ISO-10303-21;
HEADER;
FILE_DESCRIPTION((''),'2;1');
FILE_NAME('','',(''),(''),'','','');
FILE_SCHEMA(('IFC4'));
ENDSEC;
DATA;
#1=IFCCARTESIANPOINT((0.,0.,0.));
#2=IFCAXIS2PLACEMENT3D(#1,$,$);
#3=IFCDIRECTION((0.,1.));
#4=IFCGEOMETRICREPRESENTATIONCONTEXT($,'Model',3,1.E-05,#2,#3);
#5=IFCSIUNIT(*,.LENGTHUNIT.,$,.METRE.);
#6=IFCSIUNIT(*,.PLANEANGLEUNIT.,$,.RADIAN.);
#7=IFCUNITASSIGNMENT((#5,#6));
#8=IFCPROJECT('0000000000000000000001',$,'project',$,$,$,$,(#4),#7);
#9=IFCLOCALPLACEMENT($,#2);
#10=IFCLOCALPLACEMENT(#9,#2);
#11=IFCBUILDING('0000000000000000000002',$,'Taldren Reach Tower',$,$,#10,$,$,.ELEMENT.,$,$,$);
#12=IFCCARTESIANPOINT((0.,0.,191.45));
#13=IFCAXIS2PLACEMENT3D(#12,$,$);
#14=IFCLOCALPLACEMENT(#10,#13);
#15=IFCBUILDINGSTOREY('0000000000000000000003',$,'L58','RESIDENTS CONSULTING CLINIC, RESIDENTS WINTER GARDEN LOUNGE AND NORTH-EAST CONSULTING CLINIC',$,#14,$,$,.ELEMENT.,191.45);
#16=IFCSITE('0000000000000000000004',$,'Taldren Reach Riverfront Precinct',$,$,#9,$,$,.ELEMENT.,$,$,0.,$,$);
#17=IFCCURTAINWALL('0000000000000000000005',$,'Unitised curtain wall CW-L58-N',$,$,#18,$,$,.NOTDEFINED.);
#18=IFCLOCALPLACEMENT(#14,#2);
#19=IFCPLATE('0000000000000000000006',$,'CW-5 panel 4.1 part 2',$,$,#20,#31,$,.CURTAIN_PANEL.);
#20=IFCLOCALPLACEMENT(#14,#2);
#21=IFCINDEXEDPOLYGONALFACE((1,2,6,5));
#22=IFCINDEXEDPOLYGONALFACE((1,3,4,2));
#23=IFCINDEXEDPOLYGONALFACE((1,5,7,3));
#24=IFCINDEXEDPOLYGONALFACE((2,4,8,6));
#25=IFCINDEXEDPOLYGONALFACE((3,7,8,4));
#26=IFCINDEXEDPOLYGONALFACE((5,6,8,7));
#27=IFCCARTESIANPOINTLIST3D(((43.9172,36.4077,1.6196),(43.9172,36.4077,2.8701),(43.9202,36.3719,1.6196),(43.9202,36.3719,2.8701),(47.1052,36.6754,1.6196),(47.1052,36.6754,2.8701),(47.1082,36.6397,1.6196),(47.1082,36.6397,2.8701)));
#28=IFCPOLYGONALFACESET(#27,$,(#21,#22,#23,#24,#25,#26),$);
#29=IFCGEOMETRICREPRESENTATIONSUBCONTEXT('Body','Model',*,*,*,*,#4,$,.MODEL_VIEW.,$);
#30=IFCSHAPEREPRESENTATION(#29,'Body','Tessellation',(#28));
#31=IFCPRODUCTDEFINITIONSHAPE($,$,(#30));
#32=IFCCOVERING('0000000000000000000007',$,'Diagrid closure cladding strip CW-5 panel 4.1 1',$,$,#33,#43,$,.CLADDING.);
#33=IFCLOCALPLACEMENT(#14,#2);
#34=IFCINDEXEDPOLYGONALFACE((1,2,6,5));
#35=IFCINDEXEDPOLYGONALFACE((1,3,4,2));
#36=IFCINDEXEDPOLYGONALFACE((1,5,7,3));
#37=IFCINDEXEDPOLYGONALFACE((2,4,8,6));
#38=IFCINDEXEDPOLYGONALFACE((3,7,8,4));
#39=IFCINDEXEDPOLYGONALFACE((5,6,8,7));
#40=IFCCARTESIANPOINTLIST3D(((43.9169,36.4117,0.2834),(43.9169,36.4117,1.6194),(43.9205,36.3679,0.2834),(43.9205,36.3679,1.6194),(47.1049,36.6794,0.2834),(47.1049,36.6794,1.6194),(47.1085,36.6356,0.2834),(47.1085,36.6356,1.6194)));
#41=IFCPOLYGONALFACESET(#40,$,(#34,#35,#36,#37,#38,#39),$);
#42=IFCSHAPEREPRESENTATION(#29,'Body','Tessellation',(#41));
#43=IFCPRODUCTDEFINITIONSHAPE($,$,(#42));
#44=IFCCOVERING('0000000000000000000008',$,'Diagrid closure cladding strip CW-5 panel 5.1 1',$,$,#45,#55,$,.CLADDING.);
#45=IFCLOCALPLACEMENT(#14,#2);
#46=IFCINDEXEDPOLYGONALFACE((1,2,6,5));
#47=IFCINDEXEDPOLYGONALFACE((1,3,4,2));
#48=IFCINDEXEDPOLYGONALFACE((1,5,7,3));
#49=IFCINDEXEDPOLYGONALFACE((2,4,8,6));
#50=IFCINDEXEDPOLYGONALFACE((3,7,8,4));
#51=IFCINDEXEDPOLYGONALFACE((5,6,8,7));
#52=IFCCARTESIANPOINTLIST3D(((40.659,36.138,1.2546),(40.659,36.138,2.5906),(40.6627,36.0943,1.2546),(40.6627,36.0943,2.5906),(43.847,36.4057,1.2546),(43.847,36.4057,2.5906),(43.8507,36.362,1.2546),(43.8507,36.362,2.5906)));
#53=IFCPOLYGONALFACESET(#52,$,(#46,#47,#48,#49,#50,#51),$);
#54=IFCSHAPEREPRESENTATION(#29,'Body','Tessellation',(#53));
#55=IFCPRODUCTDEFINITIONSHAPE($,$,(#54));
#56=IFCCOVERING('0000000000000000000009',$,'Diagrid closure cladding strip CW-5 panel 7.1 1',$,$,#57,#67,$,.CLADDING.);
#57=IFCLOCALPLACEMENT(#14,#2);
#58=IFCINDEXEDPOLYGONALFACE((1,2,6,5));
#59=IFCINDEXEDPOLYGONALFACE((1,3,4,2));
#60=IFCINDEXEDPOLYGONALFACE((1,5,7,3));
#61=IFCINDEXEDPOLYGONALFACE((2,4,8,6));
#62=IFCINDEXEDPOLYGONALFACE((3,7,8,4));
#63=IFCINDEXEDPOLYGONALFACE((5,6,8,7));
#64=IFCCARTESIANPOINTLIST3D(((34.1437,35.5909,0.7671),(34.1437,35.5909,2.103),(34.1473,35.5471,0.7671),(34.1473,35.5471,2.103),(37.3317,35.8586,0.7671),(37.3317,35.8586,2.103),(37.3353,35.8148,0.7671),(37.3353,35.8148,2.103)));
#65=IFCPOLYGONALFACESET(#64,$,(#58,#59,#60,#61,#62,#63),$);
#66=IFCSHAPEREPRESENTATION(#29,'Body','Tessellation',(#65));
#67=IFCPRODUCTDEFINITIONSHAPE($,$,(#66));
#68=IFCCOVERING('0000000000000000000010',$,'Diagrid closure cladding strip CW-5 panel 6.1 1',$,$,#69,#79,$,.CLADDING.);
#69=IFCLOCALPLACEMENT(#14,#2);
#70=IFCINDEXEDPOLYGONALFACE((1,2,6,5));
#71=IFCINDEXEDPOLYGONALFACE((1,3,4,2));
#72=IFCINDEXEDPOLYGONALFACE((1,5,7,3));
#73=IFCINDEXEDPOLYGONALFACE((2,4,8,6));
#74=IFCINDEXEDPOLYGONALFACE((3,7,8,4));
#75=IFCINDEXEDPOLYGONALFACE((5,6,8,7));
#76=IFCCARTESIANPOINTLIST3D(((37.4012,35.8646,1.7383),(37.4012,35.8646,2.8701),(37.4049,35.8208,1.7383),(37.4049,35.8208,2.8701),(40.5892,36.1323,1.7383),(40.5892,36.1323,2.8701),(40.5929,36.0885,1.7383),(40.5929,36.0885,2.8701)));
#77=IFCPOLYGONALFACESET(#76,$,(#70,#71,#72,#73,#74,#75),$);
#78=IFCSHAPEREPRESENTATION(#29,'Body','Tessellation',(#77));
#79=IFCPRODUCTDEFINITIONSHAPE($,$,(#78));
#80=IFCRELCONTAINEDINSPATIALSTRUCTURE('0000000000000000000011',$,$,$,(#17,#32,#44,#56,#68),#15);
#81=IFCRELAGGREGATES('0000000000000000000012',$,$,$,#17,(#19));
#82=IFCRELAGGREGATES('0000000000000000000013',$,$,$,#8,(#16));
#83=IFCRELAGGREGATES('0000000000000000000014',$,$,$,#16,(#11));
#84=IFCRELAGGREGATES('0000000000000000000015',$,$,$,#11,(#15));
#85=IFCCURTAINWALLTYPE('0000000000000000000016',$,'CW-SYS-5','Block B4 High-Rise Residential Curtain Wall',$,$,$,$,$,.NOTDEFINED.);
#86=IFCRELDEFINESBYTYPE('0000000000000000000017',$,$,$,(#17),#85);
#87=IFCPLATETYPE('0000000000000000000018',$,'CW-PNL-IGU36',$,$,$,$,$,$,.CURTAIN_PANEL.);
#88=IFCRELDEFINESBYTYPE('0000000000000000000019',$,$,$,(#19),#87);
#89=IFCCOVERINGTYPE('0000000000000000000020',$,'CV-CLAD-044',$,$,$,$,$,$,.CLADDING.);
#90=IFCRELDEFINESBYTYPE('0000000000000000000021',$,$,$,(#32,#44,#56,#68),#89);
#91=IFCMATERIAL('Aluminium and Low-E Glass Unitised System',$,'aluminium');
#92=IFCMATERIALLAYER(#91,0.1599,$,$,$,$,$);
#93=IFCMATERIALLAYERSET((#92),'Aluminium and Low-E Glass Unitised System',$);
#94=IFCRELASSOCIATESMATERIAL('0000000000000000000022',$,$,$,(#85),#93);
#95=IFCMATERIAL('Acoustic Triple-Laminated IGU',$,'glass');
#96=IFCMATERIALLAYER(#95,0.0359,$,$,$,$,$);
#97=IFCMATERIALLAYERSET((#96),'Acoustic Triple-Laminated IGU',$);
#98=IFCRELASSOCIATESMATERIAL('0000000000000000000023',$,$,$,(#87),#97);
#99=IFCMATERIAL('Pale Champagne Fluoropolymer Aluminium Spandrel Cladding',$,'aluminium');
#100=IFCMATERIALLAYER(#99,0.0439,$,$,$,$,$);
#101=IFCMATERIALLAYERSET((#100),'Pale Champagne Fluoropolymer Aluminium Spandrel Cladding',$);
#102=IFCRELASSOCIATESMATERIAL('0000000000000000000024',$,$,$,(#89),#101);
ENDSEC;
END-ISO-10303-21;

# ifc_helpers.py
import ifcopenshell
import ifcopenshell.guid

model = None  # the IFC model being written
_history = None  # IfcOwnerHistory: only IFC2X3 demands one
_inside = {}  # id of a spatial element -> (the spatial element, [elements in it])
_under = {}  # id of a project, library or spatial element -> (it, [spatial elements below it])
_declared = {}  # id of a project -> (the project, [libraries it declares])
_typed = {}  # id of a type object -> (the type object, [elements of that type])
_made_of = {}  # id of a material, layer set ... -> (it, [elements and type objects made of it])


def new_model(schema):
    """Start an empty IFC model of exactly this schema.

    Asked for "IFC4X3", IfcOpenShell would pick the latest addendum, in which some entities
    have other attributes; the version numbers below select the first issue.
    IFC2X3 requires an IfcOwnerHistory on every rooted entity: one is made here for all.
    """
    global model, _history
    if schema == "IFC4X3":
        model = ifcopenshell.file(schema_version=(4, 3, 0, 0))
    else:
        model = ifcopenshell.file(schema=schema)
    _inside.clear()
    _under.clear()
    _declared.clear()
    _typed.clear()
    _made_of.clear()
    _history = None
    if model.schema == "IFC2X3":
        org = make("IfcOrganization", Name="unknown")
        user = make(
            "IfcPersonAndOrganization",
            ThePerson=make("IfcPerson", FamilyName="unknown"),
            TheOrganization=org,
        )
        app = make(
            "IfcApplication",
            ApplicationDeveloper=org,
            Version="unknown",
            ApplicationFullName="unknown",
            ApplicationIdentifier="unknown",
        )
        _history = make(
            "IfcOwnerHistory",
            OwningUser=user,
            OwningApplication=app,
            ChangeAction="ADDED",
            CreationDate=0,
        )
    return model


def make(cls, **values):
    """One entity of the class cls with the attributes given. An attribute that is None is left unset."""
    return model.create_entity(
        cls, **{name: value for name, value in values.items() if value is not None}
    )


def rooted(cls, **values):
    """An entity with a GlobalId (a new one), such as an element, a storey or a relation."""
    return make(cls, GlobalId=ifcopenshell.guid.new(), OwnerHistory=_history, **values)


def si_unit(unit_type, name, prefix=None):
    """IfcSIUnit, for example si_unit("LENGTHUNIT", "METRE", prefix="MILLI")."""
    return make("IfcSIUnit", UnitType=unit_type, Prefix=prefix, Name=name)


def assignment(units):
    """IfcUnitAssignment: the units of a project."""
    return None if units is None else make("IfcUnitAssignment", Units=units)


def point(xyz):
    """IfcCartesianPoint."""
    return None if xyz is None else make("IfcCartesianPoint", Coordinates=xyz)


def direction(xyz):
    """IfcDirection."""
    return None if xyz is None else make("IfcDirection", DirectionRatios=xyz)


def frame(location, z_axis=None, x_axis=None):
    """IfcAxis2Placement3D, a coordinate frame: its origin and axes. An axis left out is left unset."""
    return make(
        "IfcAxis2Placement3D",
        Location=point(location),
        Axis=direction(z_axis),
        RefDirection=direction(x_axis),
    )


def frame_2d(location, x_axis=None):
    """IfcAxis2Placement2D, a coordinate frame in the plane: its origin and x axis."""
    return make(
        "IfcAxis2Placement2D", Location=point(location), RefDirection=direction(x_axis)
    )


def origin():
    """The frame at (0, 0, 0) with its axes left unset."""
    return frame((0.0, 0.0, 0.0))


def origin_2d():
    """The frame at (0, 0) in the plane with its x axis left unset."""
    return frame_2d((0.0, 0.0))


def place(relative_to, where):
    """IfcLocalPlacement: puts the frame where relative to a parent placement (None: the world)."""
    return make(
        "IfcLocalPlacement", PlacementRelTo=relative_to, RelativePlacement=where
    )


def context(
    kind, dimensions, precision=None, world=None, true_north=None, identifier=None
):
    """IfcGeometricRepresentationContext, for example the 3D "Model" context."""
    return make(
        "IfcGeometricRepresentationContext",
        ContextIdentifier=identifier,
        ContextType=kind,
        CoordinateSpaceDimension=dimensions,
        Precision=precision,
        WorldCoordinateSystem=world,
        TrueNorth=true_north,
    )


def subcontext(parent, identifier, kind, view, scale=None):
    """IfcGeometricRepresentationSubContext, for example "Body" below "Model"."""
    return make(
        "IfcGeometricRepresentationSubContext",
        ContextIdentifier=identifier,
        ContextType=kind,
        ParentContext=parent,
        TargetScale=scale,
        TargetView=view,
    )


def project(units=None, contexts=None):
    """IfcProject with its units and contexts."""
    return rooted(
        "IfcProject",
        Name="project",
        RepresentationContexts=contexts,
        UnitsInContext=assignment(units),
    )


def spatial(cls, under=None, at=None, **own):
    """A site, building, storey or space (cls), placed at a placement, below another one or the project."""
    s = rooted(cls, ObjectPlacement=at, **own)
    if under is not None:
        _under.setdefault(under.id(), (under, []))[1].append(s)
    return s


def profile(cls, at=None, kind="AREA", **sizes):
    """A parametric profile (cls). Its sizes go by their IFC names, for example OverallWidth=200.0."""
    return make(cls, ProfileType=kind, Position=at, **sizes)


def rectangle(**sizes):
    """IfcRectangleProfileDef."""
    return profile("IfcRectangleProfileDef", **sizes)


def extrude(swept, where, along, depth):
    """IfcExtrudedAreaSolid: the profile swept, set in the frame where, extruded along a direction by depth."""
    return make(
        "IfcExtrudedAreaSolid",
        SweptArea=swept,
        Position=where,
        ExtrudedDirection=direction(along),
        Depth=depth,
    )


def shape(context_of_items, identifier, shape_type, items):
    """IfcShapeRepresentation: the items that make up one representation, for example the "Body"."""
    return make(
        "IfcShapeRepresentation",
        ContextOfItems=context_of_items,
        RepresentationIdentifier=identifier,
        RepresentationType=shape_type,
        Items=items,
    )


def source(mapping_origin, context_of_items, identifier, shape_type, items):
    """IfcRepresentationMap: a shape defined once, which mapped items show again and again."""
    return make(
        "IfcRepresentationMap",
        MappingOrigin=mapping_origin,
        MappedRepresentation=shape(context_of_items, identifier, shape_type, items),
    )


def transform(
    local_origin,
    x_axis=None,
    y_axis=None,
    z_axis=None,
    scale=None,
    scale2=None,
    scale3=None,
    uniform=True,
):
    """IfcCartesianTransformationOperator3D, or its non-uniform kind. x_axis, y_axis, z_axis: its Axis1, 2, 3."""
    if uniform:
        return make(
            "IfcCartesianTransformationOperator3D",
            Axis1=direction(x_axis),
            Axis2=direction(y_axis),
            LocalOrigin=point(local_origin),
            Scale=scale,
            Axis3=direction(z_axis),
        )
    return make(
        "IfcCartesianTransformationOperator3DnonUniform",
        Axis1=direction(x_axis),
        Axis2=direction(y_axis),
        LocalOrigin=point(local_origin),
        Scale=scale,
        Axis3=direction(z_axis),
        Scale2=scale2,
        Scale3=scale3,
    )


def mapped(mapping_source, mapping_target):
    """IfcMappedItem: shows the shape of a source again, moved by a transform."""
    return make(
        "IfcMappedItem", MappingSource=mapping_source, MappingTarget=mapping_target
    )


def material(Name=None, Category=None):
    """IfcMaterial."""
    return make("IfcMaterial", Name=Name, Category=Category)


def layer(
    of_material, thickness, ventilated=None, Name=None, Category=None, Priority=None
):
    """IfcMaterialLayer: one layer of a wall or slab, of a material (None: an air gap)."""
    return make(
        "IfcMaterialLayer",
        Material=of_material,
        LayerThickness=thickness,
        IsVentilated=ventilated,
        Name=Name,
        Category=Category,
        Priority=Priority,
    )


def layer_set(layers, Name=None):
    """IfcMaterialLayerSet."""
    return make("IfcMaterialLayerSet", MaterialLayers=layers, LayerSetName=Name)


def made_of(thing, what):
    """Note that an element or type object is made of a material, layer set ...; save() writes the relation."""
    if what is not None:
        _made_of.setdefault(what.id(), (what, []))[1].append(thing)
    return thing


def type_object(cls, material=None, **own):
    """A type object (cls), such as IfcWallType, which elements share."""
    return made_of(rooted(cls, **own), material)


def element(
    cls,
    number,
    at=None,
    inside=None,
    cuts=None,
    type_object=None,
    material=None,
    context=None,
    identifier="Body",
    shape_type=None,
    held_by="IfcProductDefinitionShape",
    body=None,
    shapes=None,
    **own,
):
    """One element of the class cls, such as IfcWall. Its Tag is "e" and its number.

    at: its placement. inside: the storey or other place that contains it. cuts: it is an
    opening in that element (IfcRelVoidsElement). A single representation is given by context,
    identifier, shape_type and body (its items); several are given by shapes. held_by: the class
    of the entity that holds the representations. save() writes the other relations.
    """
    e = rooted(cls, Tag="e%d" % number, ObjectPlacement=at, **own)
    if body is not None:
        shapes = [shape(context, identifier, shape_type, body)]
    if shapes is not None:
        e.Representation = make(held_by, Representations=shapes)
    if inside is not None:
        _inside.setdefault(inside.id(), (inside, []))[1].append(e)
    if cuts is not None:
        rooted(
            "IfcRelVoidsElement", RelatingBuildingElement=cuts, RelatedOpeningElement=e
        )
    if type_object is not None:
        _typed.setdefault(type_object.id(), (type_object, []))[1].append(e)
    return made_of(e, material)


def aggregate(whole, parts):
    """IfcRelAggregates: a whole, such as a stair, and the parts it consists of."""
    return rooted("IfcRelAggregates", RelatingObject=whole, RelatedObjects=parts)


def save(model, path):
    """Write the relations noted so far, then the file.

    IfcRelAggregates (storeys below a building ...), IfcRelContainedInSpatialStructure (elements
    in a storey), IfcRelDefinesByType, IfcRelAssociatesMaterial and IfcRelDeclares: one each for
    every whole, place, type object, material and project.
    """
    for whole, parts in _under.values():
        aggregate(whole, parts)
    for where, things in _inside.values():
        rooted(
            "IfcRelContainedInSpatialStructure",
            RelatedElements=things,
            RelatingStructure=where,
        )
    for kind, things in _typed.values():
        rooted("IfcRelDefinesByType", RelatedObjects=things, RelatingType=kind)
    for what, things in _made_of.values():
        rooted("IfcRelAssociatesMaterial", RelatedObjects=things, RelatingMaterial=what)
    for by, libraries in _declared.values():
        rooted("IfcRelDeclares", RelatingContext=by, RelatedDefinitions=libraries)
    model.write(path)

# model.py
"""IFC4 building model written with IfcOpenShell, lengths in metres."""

from ifc_helpers import new_model, si_unit, direction, frame, origin, origin_2d, place, context, subcontext, project, spatial, rectangle, extrude, source, transform, mapped, material, layer, layer_set, type_object, element, aggregate, save


model = new_model("IFC4")

# Units and contexts
model_context = context("Model", 3, precision=1e-05, world=origin(), true_north=direction((0.0, 1.0)))
body_context = subcontext(model_context, "Body", "Model", "MODEL_VIEW")
ifc_project = project(units=[si_unit("LENGTHUNIT", "METRE"), si_unit("PLANEANGLEUNIT", "RADIAN")], contexts=[model_context])

# Site, building, storey
site_placement = place(None, origin())
site = spatial("IfcSite", under=ifc_project, at=site_placement, Name="Taldren Reach Riverfront Precinct", CompositionType="ELEMENT", RefElevation=0.0)
building_placement = place(site_placement, origin())
building = spatial("IfcBuilding", under=site, at=building_placement, Name="Taldren Reach Tower", CompositionType="ELEMENT")
storey_placement = place(building_placement, frame((0.0, 0.0, 191.45)))
storey = spatial("IfcBuildingStorey", under=building, at=storey_placement, Name="L58", Description="RESIDENTS CONSULTING CLINIC, RESIDENTS WINTER GARDEN LOUNGE AND NORTH-EAST CONSULTING CLINIC", CompositionType="ELEMENT", Elevation=191.45)

# Curtain wall
ifc_material_1 = material(Name="Aluminium and Low-E Glass Unitised System", Category="aluminium")
ifc_layer_1 = layer(ifc_material_1, 0.1599)
ifc_layer_set_1 = layer_set([ifc_layer_1], Name="Aluminium and Low-E Glass Unitised System")
curtain_wall_type = type_object("IfcCurtainWallType", Name="CW-SYS-5", Description="Block B4 High-Rise Residential Curtain Wall", PredefinedType="NOTDEFINED", material=ifc_layer_set_1)
curtain_wall_placement = place(storey_placement, origin())
curtain_wall = element("IfcCurtainWall", 1, at=curtain_wall_placement, inside=storey, type_object=curtain_wall_type, Name="Unitised curtain wall CW-L58-N", PredefinedType="NOTDEFINED")

# Plate
ifc_material_2 = material(Name="Acoustic Triple-Laminated IGU", Category="glass")
ifc_layer_2 = layer(ifc_material_2, 0.0359)
ifc_layer_set_2 = layer_set([ifc_layer_2], Name="Acoustic Triple-Laminated IGU")
plate_type_1 = type_object("IfcPlateType", Name="CW-PNL-IGU36", PredefinedType="CURTAIN_PANEL", material=ifc_layer_set_2)
shared_shape_1 = source(origin(), body_context, "Body", "SweptSolid", [
    extrude(rectangle(XDim=3.1992, YDim=0.0359, at=origin_2d()), origin(), (0.0, 0.0, 1.0), 1.2505),
])
plate_1_placement = place(storey_placement, frame((45.5127, 36.5237, 1.6196), z_axis=(0.0, 0.0, 1.0), x_axis=(-0.996493, -0.083678, 0.0)))
plate_1 = element("IfcPlate", 2, at=plate_1_placement, type_object=plate_type_1, Name="CW-5 panel 4.1 part 2", PredefinedType="CURTAIN_PANEL", context=body_context, shape_type="MappedRepresentation", body=[
    mapped(shared_shape_1, transform((0.0, 0.0, 0.0), scale=1.0)),
])
aggregate(curtain_wall, [plate_1])

# Coverings
ifc_material_3 = material(Name="Pale Champagne Fluoropolymer Aluminium Spandrel Cladding", Category="aluminium")
ifc_layer_3 = layer(ifc_material_3, 0.0439)
ifc_layer_set_3 = layer_set([ifc_layer_3], Name="Pale Champagne Fluoropolymer Aluminium Spandrel Cladding")
covering_type = type_object("IfcCoveringType", Name="CV-CLAD-044", PredefinedType="CLADDING", material=ifc_layer_set_3)
shared_shape_2 = source(origin(), body_context, "Body", "SweptSolid", [
    extrude(rectangle(XDim=3.1992, YDim=0.0439, at=origin_2d()), origin(), (0.0, 0.0, 1.0), 1.3359),
])
for number, where, z_axis, x_axis, name in (
    (3, (45.5127, 36.5237, 0.2834), (0.0, 0.0, 1.0), (-0.996493, -0.083678, 0.0), "Diagrid closure cladding strip CW-5 panel 4.1 1"),
    (4, (42.2549, 36.25, 1.2546), (0.0, 0.0, 1.0), (-0.996493, -0.083678, 0.0), "Diagrid closure cladding strip CW-5 panel 5.1 1"),
    (5, (35.7395, 35.7029, 0.7671), (0.0, 0.0, 1.0), (-0.996493, -0.083678, 0.0), "Diagrid closure cladding strip CW-5 panel 7.1 1"),
):
    element("IfcCovering", number, at=place(storey_placement, frame(where, z_axis=z_axis, x_axis=x_axis)), inside=storey, type_object=covering_type, Name=name, PredefinedType="CLADDING", context=body_context, shape_type="MappedRepresentation", body=[
        mapped(shared_shape_2, transform((0.0, 0.0, 0.0), scale=1.0)),
    ])
shared_shape_3 = source(origin(), body_context, "Body", "SweptSolid", [
    extrude(rectangle(XDim=3.1992, YDim=0.0439, at=origin_2d()), origin(), (0.0, 0.0, 1.0), 1.1318),
])
covering_placement = place(storey_placement, frame((38.9971, 35.9766, 1.7383), z_axis=(0.0, 0.0, 1.0), x_axis=(-0.996493, -0.083678, 0.0)))
element("IfcCovering", 6, at=covering_placement, inside=storey, type_object=covering_type, Name="Diagrid closure cladding strip CW-5 panel 6.1 1", PredefinedType="CLADDING", context=body_context, shape_type="MappedRepresentation", body=[
    mapped(shared_shape_3, transform((0.0, 0.0, 0.0), scale=1.0)),
])

save(model, "model.ifc")
